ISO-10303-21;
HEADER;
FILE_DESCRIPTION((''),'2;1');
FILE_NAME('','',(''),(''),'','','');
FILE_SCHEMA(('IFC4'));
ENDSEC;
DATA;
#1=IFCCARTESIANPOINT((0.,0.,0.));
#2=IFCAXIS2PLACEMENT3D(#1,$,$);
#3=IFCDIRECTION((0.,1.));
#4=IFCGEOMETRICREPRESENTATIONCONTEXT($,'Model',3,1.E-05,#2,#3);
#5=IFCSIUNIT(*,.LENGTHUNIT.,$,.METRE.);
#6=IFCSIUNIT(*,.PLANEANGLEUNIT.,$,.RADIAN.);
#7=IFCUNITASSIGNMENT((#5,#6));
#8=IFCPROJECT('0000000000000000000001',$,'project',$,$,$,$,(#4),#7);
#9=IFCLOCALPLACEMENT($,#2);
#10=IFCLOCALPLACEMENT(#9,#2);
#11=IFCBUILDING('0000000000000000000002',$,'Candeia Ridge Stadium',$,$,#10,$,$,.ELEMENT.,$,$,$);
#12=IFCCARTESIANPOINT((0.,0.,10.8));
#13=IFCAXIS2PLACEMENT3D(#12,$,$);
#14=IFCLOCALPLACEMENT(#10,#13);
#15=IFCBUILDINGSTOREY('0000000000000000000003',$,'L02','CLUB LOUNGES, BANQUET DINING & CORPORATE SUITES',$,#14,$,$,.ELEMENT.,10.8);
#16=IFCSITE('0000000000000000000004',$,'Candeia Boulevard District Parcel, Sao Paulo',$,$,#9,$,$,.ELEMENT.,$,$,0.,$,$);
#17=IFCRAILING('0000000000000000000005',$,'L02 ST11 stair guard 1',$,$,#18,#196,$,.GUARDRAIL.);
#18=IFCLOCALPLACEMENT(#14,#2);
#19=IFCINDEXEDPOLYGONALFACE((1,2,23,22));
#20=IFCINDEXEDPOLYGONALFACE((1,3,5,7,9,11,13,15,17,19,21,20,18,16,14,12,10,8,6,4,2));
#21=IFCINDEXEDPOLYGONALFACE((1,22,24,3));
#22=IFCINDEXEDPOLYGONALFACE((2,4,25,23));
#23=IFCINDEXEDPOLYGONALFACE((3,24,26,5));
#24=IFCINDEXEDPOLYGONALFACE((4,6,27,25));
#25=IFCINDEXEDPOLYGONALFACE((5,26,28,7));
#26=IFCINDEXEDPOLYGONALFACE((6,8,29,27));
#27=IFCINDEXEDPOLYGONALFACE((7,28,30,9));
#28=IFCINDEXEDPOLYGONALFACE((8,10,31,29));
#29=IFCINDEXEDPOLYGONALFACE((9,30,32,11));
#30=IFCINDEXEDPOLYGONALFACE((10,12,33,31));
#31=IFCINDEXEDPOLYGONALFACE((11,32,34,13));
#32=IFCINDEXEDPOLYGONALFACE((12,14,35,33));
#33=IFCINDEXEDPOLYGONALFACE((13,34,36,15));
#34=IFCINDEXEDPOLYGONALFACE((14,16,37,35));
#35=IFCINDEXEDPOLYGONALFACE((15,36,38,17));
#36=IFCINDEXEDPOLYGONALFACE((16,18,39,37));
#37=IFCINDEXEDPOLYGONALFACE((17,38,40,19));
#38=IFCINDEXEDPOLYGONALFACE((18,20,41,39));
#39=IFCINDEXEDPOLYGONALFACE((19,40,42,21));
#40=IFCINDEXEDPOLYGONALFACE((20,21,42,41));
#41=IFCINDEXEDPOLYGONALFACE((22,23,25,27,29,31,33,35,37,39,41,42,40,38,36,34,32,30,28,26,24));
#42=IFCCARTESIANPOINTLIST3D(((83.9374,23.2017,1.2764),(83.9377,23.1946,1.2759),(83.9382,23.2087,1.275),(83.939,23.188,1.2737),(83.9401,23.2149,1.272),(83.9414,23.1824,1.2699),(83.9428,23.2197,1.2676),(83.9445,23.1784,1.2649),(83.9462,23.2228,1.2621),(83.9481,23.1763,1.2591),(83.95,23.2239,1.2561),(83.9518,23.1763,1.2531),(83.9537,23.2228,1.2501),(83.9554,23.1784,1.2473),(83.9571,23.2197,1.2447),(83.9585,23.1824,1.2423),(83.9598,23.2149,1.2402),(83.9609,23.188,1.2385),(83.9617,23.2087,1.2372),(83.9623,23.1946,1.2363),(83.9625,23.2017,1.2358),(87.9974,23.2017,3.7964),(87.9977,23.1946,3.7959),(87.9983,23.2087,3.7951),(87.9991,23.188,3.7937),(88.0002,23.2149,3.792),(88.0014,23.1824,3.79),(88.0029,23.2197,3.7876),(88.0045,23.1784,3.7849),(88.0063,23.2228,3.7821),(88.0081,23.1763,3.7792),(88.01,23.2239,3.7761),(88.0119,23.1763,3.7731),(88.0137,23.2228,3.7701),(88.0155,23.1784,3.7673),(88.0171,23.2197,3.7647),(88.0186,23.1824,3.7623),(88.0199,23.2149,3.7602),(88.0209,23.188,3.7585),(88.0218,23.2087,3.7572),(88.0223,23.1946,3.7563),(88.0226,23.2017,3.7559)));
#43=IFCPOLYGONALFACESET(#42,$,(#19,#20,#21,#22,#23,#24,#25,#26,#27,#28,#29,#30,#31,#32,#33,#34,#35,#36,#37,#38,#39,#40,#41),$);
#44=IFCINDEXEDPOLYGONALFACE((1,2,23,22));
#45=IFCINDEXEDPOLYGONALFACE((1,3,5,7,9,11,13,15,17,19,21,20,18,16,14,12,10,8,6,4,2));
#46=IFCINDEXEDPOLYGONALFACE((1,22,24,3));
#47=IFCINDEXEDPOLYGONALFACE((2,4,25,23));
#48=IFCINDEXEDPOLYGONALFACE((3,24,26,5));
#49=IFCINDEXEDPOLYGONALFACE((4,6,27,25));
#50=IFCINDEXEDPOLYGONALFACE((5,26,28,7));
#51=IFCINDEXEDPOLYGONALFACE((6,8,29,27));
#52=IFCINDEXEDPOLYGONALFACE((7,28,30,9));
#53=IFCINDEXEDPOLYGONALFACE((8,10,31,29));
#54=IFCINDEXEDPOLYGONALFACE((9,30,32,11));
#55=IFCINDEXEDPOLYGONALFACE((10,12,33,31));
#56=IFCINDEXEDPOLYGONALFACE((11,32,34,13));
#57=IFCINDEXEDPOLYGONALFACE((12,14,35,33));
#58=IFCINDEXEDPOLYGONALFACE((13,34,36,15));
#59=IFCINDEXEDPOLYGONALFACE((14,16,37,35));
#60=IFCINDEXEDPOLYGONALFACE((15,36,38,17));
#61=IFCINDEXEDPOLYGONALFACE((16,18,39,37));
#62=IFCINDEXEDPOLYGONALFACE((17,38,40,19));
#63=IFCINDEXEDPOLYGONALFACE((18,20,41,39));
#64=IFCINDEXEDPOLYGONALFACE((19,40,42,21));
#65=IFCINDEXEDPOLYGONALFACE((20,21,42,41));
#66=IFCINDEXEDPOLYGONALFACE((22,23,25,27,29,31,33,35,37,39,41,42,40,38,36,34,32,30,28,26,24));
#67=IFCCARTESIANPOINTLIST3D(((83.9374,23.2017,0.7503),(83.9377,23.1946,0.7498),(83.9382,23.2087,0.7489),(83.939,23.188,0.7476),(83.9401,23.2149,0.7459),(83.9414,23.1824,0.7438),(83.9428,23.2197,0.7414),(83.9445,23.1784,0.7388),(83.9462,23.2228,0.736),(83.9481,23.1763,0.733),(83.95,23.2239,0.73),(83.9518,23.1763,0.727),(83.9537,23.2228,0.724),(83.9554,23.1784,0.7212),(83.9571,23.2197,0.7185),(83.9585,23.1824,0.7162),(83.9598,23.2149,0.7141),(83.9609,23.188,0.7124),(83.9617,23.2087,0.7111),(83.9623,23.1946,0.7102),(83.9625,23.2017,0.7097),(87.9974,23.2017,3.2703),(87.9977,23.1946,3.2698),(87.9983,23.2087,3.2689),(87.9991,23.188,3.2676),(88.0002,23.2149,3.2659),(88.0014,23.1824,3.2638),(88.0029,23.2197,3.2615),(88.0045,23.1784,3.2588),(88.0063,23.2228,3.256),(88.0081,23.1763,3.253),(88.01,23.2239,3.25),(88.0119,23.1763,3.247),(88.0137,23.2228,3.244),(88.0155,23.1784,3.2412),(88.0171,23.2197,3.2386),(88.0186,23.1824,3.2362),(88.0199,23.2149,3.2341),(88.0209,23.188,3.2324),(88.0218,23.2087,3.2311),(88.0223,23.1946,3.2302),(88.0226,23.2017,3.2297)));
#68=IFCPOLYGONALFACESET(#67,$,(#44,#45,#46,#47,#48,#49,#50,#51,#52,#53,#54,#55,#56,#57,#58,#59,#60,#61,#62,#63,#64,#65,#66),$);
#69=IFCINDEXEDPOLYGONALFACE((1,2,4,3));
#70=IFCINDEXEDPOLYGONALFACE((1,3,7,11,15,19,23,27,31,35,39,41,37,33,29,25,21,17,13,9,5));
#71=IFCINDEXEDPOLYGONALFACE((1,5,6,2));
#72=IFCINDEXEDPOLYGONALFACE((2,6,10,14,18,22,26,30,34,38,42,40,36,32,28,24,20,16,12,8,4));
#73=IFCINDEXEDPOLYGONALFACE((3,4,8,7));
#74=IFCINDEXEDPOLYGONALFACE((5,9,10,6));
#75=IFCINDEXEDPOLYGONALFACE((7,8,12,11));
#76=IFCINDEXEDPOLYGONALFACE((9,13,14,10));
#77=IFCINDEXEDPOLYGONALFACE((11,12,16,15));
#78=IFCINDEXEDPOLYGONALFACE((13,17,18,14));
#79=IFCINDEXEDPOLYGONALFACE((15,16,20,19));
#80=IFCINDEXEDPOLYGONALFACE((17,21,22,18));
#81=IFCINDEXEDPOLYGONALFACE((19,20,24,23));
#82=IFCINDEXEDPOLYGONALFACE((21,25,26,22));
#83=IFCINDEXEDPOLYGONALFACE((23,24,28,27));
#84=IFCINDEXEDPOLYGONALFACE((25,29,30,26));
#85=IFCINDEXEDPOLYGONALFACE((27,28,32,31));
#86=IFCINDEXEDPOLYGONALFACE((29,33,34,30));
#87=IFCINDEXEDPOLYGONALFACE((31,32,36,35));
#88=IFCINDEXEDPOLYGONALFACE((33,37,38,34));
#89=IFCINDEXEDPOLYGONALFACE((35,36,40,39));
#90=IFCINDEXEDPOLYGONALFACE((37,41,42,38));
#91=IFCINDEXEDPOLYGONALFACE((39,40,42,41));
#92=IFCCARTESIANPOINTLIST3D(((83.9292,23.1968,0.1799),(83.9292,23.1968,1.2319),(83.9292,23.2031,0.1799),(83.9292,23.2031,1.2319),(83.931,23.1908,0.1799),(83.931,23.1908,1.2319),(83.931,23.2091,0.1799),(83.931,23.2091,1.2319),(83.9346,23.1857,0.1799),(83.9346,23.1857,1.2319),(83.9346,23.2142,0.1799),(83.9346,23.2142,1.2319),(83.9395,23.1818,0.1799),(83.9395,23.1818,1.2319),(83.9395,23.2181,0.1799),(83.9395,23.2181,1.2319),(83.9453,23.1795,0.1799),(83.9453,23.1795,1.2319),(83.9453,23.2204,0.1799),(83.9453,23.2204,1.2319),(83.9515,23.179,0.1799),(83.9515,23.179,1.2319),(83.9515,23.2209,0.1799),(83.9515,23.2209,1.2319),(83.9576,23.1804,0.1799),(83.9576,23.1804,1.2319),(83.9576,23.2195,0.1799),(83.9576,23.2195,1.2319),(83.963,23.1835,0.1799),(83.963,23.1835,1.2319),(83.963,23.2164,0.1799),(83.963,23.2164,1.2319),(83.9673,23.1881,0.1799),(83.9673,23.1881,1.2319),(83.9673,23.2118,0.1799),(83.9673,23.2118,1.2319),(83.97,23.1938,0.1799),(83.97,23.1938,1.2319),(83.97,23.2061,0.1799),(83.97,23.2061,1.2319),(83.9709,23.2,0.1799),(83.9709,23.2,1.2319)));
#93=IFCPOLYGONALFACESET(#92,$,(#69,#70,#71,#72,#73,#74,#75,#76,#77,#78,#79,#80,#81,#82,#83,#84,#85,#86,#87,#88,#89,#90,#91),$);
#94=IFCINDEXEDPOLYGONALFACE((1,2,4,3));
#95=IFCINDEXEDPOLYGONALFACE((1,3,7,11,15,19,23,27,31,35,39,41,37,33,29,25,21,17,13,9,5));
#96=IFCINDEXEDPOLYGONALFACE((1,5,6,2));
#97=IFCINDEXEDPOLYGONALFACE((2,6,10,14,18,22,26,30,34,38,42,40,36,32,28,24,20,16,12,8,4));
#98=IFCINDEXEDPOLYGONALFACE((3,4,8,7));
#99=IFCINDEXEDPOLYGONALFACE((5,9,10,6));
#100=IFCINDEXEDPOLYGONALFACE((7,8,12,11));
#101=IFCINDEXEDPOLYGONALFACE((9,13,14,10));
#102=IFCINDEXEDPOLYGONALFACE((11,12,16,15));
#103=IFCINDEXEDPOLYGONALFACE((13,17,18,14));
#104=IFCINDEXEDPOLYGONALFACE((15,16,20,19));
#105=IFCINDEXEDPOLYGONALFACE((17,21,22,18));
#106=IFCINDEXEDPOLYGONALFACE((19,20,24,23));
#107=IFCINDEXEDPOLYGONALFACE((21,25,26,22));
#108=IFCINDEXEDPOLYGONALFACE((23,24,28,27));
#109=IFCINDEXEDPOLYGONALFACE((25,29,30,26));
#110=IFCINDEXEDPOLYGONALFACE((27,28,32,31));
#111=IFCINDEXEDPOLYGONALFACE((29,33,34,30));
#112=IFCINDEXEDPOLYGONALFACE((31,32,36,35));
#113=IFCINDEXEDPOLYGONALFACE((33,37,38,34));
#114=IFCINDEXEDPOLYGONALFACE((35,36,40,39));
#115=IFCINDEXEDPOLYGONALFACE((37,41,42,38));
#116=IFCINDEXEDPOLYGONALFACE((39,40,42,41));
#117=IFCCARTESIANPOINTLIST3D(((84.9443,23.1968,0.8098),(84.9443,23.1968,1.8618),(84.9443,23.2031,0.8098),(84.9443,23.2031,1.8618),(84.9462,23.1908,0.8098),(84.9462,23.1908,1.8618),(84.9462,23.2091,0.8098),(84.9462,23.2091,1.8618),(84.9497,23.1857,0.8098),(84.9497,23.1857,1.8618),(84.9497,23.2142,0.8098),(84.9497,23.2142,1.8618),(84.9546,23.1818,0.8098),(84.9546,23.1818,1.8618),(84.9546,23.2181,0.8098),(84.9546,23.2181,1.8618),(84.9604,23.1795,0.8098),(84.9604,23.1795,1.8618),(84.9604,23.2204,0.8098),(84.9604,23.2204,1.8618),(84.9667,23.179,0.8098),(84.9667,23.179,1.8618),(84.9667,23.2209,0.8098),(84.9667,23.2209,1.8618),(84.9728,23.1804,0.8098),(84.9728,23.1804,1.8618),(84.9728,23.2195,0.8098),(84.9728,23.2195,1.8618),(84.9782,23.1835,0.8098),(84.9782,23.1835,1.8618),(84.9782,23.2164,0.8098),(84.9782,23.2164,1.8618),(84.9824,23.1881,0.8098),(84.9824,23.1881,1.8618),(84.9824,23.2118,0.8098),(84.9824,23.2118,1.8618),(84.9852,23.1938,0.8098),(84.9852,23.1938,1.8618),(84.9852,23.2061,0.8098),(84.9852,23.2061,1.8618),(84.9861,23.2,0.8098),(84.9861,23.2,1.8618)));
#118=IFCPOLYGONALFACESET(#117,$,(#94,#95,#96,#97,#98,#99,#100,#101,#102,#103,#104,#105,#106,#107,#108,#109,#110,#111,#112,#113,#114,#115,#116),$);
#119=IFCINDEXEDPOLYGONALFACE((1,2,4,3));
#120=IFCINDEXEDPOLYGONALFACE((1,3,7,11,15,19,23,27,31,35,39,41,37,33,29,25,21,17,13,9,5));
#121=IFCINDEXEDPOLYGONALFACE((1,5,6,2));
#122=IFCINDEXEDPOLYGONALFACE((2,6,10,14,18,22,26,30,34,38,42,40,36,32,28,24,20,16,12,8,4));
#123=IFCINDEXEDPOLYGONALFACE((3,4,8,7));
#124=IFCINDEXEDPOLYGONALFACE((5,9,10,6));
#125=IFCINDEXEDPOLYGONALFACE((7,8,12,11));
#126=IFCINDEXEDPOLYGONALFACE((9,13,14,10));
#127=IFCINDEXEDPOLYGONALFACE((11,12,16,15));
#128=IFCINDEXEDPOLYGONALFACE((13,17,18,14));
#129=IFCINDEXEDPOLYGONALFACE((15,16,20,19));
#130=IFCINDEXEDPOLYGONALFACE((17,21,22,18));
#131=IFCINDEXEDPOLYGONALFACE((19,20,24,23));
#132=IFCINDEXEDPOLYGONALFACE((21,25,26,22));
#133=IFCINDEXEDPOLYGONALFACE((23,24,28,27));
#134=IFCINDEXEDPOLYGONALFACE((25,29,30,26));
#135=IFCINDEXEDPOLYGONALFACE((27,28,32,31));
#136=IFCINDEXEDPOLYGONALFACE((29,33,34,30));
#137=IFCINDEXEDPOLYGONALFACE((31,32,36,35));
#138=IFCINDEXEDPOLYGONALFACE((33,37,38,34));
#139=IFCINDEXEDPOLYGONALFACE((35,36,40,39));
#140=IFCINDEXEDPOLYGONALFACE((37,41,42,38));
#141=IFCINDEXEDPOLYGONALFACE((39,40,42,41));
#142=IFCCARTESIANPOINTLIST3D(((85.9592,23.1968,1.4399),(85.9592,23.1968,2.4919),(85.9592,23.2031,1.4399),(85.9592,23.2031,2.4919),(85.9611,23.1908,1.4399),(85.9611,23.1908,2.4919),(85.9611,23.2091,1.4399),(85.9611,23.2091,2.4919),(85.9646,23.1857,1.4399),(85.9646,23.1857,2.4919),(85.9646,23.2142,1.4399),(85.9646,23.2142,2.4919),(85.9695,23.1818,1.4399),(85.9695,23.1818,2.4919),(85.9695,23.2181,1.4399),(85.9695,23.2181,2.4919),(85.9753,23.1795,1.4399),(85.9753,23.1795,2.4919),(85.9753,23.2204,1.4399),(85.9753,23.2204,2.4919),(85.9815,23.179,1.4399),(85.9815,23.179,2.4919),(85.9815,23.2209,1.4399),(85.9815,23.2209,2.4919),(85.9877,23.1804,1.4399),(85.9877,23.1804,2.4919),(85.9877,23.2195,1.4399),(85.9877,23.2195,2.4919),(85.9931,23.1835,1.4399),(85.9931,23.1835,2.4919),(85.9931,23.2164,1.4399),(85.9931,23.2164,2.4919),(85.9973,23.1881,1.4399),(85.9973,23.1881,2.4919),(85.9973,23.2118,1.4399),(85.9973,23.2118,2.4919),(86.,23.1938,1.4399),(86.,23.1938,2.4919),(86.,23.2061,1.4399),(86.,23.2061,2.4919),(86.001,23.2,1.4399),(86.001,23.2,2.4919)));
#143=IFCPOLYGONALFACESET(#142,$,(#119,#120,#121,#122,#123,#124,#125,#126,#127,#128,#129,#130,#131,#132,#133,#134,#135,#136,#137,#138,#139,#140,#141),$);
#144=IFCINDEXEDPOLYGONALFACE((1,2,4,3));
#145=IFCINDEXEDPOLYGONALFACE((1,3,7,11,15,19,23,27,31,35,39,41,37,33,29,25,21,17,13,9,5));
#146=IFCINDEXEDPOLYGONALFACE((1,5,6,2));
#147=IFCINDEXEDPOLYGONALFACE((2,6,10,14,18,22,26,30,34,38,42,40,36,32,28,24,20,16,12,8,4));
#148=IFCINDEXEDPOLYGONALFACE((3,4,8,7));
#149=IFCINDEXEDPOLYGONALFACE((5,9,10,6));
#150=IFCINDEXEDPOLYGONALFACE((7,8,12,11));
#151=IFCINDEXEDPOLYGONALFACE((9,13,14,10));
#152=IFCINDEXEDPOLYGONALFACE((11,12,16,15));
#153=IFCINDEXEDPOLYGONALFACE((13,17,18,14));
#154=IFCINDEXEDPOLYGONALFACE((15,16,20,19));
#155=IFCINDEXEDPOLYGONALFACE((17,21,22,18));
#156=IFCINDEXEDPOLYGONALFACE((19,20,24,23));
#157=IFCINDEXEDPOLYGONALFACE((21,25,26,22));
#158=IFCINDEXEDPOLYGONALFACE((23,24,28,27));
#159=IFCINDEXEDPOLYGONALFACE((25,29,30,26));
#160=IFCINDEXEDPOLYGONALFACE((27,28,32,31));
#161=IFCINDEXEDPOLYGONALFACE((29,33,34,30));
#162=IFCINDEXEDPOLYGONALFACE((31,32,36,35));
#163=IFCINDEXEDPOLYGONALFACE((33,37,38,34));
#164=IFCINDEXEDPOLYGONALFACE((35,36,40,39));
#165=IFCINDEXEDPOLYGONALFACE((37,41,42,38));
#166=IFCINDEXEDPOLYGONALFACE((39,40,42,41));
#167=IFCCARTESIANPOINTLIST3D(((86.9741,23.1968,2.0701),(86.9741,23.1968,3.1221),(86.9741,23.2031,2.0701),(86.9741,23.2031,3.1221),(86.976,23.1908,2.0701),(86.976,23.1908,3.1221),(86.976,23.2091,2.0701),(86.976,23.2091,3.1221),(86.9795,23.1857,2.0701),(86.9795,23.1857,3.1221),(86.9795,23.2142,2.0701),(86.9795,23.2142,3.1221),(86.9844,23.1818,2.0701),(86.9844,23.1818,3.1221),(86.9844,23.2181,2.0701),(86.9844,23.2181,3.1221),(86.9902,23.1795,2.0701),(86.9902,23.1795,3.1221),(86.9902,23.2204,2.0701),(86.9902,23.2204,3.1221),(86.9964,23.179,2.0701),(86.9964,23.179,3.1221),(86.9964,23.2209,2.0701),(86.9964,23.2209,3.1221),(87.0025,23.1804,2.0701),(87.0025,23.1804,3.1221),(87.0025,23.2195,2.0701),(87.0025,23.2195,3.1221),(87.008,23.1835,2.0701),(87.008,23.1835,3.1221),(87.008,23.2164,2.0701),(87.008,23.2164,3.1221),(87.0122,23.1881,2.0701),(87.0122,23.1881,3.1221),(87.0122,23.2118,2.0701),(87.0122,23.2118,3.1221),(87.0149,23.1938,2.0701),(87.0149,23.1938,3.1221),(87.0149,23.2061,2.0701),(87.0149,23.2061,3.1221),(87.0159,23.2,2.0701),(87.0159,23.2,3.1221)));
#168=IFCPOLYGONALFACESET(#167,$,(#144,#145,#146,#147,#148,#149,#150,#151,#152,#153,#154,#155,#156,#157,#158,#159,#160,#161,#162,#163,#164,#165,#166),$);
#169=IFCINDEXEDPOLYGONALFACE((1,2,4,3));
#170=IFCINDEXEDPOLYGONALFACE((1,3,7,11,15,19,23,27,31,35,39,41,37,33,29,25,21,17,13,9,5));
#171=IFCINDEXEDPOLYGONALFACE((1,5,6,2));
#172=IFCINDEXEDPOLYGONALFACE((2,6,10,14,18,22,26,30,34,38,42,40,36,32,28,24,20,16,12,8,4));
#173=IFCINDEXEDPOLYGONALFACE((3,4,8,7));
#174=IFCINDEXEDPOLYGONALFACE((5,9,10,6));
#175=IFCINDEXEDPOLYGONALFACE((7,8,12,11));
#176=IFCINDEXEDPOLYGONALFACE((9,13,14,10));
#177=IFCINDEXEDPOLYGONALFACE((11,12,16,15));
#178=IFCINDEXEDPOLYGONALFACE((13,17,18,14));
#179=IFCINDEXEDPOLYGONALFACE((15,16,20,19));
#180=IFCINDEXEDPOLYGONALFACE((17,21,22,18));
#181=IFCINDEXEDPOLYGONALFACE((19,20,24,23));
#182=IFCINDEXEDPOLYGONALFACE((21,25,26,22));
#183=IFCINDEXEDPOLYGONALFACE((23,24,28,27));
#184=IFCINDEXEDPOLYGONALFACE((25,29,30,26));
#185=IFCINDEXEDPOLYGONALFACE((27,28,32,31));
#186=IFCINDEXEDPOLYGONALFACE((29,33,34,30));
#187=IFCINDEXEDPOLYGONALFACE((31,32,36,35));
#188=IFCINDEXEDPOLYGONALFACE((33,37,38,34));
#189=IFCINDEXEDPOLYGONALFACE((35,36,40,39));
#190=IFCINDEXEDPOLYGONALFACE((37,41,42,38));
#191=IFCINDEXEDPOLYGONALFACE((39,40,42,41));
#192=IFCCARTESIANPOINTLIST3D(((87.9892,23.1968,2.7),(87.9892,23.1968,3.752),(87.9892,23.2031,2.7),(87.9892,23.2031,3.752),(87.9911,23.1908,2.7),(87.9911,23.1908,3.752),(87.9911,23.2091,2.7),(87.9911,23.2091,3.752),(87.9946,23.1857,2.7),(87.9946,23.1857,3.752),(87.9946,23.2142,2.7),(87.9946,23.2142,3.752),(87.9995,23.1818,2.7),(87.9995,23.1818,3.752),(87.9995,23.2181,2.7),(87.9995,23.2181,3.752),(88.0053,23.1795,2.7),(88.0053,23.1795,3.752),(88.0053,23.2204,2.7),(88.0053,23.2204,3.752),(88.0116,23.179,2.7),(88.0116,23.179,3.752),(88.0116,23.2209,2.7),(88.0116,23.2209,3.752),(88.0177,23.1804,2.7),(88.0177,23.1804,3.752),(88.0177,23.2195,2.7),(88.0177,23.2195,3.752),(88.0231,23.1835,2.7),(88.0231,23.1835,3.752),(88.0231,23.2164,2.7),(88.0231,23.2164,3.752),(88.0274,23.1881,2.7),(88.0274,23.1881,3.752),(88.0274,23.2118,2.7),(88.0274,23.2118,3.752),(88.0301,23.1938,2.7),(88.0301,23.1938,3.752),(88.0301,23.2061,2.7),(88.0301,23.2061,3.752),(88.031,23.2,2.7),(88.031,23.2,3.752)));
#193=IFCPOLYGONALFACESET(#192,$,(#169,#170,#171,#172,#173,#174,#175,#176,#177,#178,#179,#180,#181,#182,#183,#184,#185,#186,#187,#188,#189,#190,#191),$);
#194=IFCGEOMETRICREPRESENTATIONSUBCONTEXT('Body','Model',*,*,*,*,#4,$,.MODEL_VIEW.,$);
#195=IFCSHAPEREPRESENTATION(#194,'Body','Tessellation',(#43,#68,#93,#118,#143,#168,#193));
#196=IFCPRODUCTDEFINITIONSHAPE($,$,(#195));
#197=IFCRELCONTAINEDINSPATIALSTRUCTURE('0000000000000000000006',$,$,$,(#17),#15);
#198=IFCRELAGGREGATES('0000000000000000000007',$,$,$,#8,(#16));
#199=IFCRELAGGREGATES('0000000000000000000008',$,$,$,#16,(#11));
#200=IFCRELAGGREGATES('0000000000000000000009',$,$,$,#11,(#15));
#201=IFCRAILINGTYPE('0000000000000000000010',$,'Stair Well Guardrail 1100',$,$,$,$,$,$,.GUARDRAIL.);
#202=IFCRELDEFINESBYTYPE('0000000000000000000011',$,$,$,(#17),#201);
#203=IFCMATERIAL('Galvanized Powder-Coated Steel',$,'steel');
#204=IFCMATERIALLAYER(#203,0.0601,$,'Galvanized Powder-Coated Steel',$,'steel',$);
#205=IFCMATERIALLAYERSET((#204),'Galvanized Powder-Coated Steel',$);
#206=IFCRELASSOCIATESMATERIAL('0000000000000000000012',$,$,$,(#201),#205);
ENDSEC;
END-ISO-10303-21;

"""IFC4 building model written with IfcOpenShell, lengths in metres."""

from ifc_helpers import new_model, si_unit, direction, frame, origin, origin_2d, place, context, subcontext, project, spatial, circle, extrude, material, layer, layer_set, type_object, element, save


model = new_model("IFC4")

# Units and contexts
model_context = context("Model", 3, precision=1e-05, world=origin(), true_north=direction((0.0, 1.0)))
body_context = subcontext(model_context, "Body", "Model", "MODEL_VIEW")
ifc_project = project(units=[si_unit("LENGTHUNIT", "METRE"), si_unit("PLANEANGLEUNIT", "RADIAN")], contexts=[model_context])

# Site, building, storey
site_placement = place(None, origin())
site = spatial("IfcSite", under=ifc_project, at=site_placement, Name="Candeia Boulevard District Parcel, Sao Paulo", CompositionType="ELEMENT", RefElevation=0.0)
building_placement = place(site_placement, origin())
building = spatial("IfcBuilding", under=site, at=building_placement, Name="Candeia Ridge Stadium", CompositionType="ELEMENT")
storey_placement = place(building_placement, frame((0.0, 0.0, 10.8)))
storey = spatial("IfcBuildingStorey", under=building, at=storey_placement, Name="L02", Description="CLUB LOUNGES, BANQUET DINING & CORPORATE SUITES", CompositionType="ELEMENT", Elevation=10.8)

# Railing
ifc_material_1 = material(Name="Galvanized Powder-Coated Steel", Category="steel")
ifc_layer_1 = layer(ifc_material_1, 0.0601, Name="Galvanized Powder-Coated Steel", Category="steel")
ifc_layer_set_1 = layer_set([ifc_layer_1], Name="Galvanized Powder-Coated Steel")
railing_type_1 = type_object("IfcRailingType", Name="Stair Well Guardrail 1100", PredefinedType="GUARDRAIL", material=ifc_layer_set_1)
railing_1_placement = place(storey_placement, frame((83.95, 23.2, 0.1799)))
element("IfcRailing", 1, at=railing_1_placement, inside=storey, type_object=railing_type_1, Name="L02 ST11 stair guard 1", PredefinedType="GUARDRAIL", context=body_context, shape_type="SweptSolid", body=[
    extrude(circle(Radius=0.0239, at=origin_2d()), frame((0.0, 0.0, 1.0762), z_axis=(0.849642, 0.0, 0.52736), x_axis=(0.0, 1.0, 0.0)), (0.0, 0.0, 1.0), 4.7786),
    extrude(circle(Radius=0.0239, at=origin_2d()), frame((0.0, 0.0, 0.55), z_axis=(0.849642, 0.0, 0.52736), x_axis=(0.0, 1.0, 0.0)), (0.0, 0.0, 1.0), 4.7786),
    extrude(circle(Radius=0.021, at=origin_2d()), origin(), (0.0, 0.0, 1.0), 1.052),
    extrude(circle(Radius=0.021, at=origin_2d()), frame((1.0151, 0.0, 0.6299)), (0.0, 0.0, 1.0), 1.052),
    extrude(circle(Radius=0.021, at=origin_2d()), frame((2.03, 0.0, 1.26)), (0.0, 0.0, 1.0), 1.052),
    extrude(circle(Radius=0.021, at=origin_2d()), frame((3.0449, 0.0, 1.8901)), (0.0, 0.0, 1.0), 1.052),
    extrude(circle(Radius=0.021, at=origin_2d()), frame((4.0601, 0.0, 2.52)), (0.0, 0.0, 1.0), 1.052),
])

save(model, "model.ifc")
